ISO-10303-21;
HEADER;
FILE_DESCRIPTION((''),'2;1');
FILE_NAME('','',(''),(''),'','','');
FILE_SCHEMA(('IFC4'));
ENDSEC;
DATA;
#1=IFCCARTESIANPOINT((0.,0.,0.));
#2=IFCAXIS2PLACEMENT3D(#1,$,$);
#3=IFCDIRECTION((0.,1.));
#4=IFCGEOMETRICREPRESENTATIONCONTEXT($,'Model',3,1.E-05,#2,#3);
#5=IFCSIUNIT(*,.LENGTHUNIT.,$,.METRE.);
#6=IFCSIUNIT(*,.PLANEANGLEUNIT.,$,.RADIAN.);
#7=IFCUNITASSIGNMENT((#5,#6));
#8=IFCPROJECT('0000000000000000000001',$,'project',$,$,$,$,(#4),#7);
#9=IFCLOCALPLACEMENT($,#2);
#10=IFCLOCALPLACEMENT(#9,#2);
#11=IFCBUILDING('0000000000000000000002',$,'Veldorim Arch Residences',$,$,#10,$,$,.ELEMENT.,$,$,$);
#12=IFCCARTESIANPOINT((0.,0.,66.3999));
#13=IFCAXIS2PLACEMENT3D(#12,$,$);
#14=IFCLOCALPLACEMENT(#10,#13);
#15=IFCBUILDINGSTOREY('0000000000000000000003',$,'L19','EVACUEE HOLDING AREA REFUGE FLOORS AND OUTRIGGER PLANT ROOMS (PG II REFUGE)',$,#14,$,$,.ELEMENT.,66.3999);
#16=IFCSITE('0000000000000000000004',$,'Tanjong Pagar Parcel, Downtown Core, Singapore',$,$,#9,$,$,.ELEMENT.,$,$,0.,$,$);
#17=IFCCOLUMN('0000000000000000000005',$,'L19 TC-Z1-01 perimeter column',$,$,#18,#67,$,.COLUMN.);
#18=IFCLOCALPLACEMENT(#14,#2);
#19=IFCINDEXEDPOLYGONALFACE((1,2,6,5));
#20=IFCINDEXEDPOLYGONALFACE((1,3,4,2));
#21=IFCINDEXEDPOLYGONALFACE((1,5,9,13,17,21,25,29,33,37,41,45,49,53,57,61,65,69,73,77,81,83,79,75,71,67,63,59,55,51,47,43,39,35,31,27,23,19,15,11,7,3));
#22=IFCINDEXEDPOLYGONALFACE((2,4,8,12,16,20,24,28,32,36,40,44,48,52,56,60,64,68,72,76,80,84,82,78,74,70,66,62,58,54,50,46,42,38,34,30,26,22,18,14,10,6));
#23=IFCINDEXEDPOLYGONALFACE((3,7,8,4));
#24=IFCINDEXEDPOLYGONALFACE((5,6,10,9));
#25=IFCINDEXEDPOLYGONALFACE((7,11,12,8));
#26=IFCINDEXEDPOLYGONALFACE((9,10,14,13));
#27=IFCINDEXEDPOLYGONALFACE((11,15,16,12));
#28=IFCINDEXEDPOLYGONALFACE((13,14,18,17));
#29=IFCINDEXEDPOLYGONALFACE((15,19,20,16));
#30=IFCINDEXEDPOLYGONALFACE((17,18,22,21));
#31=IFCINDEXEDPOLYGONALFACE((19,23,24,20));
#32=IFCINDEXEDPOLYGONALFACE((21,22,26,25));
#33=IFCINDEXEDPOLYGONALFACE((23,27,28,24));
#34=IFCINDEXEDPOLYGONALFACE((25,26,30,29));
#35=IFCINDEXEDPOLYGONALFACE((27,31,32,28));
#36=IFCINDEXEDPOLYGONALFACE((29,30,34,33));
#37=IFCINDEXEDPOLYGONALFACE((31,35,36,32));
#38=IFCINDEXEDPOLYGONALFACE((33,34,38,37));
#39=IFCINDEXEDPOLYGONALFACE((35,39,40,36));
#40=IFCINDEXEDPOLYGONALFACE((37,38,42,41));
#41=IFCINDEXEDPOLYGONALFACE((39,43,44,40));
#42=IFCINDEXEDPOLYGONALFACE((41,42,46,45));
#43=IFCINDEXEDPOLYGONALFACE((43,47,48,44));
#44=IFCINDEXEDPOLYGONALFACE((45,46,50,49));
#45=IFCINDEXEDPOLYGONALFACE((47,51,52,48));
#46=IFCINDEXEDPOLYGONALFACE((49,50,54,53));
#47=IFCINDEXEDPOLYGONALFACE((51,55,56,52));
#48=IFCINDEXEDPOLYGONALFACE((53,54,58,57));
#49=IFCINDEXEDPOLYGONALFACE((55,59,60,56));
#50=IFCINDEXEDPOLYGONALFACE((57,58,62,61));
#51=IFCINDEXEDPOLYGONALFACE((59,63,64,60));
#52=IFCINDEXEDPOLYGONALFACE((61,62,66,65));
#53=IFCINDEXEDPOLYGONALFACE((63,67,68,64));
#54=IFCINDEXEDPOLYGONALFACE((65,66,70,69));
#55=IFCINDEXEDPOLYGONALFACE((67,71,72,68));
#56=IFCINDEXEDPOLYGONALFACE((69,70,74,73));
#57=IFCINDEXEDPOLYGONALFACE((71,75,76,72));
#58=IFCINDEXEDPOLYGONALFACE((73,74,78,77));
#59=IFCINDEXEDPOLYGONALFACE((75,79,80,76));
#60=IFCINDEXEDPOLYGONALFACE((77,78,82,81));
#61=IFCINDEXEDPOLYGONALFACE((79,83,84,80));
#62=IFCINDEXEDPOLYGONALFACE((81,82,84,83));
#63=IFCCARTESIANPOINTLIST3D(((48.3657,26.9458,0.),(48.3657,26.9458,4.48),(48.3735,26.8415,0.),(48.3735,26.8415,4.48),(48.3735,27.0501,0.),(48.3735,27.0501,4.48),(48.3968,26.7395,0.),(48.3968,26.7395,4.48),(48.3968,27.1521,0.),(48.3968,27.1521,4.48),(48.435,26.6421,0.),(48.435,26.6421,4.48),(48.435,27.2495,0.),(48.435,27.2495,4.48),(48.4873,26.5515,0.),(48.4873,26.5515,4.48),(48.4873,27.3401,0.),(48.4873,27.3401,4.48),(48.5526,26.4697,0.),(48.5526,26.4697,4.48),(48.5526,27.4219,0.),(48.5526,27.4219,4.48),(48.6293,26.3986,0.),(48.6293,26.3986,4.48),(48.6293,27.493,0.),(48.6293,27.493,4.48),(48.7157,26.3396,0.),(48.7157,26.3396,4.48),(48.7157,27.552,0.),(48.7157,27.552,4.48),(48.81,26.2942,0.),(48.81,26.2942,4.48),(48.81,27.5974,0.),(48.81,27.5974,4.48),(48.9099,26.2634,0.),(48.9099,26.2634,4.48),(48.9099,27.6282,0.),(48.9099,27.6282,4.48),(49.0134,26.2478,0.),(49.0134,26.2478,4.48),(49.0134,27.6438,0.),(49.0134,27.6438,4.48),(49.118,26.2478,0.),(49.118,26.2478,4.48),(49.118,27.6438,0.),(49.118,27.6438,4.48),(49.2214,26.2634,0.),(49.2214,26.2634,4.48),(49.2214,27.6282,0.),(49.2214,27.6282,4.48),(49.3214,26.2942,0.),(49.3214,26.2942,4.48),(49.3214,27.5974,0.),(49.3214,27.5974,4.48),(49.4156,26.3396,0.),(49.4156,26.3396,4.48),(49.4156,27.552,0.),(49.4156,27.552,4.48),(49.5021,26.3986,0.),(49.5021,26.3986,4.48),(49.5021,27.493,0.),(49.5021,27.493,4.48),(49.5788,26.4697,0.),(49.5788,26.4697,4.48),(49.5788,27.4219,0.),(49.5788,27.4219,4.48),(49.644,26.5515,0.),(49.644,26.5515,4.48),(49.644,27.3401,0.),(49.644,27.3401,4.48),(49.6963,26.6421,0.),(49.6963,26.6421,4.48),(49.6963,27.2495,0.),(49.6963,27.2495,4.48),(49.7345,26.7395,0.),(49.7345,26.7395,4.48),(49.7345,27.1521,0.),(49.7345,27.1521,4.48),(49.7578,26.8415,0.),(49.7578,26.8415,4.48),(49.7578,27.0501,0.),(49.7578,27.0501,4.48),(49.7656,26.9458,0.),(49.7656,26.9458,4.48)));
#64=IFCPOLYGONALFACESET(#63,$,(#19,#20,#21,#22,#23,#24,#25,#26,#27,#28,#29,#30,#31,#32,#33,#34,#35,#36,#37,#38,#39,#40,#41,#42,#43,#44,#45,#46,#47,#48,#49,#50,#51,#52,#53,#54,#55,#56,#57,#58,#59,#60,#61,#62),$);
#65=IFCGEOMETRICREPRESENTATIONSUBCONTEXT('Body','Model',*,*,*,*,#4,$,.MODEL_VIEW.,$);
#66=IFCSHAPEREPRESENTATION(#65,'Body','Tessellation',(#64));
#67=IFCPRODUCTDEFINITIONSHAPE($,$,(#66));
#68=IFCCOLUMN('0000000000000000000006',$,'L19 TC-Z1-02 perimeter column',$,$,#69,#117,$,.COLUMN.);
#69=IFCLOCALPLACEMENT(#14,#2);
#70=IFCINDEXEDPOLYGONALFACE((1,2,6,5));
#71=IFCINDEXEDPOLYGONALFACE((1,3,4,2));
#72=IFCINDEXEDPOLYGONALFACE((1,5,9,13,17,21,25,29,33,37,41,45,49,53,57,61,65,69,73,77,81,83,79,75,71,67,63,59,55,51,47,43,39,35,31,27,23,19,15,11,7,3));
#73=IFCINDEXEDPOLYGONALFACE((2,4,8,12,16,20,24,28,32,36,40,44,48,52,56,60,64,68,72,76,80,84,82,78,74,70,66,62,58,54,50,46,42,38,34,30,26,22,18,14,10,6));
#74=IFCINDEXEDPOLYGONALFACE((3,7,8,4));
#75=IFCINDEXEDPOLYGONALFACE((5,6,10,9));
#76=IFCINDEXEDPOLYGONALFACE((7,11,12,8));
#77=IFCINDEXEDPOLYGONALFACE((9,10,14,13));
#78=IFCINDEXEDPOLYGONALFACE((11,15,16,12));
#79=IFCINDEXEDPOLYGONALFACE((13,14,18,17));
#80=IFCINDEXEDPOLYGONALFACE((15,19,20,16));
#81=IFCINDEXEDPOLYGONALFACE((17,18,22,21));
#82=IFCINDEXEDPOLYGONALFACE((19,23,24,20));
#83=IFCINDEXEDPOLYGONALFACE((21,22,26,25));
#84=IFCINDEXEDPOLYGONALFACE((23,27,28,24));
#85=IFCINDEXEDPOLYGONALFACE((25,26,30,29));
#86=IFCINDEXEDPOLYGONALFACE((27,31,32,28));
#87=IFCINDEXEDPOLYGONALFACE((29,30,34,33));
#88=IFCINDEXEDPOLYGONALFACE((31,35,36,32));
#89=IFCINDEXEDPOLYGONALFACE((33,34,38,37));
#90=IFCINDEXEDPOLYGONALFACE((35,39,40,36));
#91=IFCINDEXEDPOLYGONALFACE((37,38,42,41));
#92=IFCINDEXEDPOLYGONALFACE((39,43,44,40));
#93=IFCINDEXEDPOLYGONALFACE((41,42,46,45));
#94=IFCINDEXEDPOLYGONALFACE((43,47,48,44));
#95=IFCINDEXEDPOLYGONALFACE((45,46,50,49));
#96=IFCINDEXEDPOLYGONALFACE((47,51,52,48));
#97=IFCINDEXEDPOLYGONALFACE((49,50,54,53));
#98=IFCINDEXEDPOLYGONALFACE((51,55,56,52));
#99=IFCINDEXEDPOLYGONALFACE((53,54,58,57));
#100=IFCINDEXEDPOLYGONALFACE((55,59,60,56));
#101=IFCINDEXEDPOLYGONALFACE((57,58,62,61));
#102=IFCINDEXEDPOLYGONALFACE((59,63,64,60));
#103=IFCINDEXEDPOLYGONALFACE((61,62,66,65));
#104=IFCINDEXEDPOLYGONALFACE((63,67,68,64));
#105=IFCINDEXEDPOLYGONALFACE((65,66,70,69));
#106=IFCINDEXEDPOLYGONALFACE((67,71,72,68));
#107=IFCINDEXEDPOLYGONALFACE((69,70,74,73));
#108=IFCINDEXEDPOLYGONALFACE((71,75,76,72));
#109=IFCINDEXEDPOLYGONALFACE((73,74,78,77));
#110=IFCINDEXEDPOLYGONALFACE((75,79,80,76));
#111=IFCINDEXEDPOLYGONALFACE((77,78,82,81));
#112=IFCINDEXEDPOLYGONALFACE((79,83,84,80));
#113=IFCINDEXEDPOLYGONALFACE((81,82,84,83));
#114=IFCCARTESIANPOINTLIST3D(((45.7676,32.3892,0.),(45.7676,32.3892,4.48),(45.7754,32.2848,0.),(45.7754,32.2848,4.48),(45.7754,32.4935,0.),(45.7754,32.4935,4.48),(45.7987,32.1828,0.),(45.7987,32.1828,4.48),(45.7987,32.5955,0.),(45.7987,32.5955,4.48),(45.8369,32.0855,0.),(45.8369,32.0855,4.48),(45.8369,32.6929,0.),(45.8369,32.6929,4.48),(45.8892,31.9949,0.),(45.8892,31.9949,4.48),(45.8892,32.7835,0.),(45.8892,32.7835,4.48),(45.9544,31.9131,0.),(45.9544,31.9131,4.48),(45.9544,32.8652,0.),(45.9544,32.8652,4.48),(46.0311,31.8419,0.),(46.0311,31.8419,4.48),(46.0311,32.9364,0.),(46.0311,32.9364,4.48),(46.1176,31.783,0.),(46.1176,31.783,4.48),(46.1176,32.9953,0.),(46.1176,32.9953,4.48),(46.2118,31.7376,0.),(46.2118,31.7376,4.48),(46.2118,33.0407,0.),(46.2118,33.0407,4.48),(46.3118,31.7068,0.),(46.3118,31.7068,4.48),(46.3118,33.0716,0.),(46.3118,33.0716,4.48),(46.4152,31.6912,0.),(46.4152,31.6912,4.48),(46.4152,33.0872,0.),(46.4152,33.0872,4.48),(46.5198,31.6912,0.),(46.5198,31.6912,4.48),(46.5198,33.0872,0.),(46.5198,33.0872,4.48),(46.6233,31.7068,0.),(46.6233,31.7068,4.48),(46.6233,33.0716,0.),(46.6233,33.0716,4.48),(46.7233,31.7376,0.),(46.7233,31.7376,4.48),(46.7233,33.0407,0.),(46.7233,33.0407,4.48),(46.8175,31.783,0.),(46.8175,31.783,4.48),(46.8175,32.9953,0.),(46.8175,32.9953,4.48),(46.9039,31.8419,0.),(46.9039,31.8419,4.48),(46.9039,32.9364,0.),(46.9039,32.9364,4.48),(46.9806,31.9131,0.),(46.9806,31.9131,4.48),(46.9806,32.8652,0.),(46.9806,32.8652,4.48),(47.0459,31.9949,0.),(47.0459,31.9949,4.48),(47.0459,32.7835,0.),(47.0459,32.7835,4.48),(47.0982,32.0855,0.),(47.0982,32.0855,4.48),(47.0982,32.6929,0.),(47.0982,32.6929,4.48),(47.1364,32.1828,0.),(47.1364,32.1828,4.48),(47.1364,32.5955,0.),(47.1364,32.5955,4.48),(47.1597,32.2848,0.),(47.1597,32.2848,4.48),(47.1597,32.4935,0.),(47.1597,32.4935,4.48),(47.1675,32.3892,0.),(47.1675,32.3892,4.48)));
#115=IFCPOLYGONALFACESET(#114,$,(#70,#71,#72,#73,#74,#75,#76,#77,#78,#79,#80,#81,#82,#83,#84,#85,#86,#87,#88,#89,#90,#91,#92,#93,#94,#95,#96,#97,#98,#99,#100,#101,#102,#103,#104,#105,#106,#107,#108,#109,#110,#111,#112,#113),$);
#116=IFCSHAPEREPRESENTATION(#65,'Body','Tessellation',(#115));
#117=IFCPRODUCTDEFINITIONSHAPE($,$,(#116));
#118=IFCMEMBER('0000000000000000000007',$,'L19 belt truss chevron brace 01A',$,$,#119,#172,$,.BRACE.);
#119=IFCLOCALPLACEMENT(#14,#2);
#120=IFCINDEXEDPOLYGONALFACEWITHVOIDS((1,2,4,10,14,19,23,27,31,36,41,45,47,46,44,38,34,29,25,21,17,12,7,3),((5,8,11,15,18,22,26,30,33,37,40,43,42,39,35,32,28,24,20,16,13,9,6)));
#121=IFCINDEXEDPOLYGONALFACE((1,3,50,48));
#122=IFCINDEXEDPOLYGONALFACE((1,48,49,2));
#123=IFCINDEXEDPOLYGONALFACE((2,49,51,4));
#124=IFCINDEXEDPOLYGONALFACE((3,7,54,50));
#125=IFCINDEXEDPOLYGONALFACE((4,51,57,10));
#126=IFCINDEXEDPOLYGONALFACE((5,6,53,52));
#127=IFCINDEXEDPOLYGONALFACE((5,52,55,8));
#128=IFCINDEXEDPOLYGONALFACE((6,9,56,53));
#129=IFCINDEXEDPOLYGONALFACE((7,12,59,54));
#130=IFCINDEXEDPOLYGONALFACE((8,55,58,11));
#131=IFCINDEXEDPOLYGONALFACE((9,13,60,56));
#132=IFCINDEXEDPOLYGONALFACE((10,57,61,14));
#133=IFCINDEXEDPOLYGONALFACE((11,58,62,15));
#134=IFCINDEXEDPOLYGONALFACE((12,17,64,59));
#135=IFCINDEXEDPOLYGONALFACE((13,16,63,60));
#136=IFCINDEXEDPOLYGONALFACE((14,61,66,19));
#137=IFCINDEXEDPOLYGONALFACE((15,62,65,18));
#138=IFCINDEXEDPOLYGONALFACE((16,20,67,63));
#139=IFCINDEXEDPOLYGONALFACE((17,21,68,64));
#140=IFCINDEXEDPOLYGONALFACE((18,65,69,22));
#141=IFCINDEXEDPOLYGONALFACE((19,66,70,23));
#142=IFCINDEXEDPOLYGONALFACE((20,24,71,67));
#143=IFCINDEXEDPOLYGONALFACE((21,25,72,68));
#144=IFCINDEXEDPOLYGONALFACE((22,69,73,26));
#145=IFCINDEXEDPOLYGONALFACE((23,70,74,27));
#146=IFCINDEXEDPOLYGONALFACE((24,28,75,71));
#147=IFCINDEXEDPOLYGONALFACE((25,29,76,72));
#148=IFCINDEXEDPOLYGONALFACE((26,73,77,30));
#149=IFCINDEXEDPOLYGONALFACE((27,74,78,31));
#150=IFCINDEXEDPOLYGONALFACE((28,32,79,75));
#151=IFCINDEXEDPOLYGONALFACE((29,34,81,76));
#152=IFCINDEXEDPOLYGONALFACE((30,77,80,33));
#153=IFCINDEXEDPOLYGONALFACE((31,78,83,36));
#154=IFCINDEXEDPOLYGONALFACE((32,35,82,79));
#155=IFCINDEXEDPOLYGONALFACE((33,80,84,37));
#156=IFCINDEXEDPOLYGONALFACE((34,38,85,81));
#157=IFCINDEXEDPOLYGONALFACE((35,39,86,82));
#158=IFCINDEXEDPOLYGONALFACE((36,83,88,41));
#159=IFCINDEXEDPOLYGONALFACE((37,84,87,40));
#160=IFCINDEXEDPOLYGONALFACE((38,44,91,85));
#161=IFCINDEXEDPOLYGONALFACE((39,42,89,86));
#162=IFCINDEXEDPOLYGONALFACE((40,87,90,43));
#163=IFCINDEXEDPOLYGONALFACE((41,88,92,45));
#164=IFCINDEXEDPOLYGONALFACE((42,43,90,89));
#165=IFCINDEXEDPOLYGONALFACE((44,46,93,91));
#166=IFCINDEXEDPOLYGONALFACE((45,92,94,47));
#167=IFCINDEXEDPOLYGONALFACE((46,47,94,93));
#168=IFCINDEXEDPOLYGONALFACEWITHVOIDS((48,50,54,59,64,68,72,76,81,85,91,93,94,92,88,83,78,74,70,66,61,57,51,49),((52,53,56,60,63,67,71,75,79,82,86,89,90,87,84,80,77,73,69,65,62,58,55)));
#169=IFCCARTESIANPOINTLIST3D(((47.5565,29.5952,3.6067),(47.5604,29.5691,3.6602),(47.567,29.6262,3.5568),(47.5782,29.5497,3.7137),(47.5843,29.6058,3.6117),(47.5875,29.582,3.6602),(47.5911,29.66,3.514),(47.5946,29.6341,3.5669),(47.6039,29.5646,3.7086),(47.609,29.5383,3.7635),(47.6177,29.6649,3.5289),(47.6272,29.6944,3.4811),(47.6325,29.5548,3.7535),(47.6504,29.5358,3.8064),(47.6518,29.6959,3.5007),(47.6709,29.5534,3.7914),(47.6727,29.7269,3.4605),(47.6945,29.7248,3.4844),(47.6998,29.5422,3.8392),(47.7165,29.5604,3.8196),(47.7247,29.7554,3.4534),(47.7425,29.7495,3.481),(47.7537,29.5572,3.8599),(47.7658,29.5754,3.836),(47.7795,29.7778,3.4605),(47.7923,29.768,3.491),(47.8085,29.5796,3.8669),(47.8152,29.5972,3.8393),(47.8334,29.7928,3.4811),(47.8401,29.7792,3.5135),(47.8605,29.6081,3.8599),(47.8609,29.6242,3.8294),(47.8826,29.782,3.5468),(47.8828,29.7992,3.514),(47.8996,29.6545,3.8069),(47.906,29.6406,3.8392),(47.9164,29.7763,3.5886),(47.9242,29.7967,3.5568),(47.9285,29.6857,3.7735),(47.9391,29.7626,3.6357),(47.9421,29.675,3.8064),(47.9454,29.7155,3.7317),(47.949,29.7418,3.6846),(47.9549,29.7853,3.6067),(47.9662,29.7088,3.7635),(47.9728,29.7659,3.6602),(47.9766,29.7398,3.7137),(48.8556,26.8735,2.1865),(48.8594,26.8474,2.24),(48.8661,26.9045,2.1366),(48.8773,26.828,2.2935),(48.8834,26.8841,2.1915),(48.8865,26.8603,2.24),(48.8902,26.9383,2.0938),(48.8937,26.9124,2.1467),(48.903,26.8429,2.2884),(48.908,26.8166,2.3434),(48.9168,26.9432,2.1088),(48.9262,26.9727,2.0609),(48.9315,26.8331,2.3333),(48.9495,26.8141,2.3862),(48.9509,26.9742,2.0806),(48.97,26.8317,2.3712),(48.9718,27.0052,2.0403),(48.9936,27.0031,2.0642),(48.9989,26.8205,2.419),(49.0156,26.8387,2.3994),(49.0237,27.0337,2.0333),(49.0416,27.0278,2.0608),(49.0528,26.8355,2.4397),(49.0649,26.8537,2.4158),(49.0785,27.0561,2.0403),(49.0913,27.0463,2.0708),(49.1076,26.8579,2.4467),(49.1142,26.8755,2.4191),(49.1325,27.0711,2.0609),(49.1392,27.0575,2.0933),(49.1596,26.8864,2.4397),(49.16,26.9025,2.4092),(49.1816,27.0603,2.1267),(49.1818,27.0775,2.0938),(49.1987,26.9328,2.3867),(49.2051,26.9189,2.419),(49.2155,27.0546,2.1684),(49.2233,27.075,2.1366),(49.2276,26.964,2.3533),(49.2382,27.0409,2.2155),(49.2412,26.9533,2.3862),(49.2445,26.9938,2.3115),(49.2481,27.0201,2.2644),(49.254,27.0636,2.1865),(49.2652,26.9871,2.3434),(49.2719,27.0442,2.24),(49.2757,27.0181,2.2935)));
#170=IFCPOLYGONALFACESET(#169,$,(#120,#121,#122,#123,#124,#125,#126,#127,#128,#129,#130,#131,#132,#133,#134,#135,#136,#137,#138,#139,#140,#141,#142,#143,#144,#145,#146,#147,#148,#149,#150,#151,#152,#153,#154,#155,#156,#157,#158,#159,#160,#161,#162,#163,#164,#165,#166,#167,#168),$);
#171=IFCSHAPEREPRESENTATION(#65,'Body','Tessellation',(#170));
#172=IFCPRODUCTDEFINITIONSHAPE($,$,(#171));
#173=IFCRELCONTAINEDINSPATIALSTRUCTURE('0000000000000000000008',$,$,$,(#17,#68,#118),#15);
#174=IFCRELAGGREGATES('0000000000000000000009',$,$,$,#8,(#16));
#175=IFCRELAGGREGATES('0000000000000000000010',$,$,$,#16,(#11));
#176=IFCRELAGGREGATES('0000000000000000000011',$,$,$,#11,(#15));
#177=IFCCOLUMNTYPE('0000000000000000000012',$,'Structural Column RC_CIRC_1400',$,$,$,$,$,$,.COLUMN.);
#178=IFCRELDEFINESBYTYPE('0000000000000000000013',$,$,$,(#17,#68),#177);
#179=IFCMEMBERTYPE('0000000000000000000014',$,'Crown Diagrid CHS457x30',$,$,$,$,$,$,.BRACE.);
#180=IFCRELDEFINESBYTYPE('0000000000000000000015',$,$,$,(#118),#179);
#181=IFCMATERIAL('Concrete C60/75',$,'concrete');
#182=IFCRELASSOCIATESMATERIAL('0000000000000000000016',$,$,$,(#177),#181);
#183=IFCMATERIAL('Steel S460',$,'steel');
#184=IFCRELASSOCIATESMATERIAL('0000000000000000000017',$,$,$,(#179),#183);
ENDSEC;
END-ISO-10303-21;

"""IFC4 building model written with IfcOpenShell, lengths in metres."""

from ifc_helpers import new_model, si_unit, direction, frame, origin, origin_2d, place, context, subcontext, project, spatial, circle, hollow_circle, extrude, material, material_profile, profile_set, type_object, element, save


model = new_model("IFC4")

# Units and contexts
model_context = context("Model", 3, precision=1e-05, world=origin(), true_north=direction((0.0, 1.0)))
body_context = subcontext(model_context, "Body", "Model", "MODEL_VIEW")
ifc_project = project(units=[si_unit("LENGTHUNIT", "METRE"), si_unit("PLANEANGLEUNIT", "RADIAN")], contexts=[model_context])

# Site, building, storey
site_placement = place(None, origin())
site = spatial("IfcSite", under=ifc_project, at=site_placement, Name="Tanjong Pagar Parcel, Downtown Core, Singapore", CompositionType="ELEMENT", RefElevation=0.0)
building_placement = place(site_placement, origin())
building = spatial("IfcBuilding", under=site, at=building_placement, Name="Veldorim Arch Residences", CompositionType="ELEMENT")
storey_placement = place(building_placement, frame((0.0, 0.0, 66.3999)))
storey = spatial("IfcBuildingStorey", under=building, at=storey_placement, Name="L19", Description="EVACUEE HOLDING AREA REFUGE FLOORS AND OUTRIGGER PLANT ROOMS (PG II REFUGE)", CompositionType="ELEMENT", Elevation=66.3999)

# Columns
ifc_material_1 = material(Name="Concrete C60/75", Category="concrete")
ifc_material_profile_1 = material_profile(ifc_material_1, circle(Radius=0.7, at=origin_2d()), Name="RC_CIRC_1400")
ifc_profile_set_1 = profile_set([ifc_material_profile_1], Name="Concrete C60/75")
column_type = type_object("IfcColumnType", Name="Structural Column RC_CIRC_1400", PredefinedType="COLUMN", material=ifc_profile_set_1)
for number, where, z_axis, x_axis, name in (
    (1, (49.0657, 26.9458, 0.0), (0.0, 0.0, 1.0), (1.0, 0.0, 0.0), "L19 TC-Z1-01 perimeter column"),
    (2, (46.4675, 32.3892, 0.0), (0.0, 0.0, 1.0), (1.0, 0.0, 0.0), "L19 TC-Z1-02 perimeter column"),
):
    element("IfcColumn", number, at=place(storey_placement, frame(where, z_axis=z_axis, x_axis=x_axis)), inside=storey, type_object=column_type, Name=name, PredefinedType="COLUMN", context=body_context, shape_type="SweptSolid", body=[
        extrude(circle(Radius=0.7, at=origin_2d()), origin(), (0.0, 0.0, 1.0), 4.48),
    ])

# Member
ifc_material_2 = material(Name="Steel S460", Category="steel")
ifc_material_profile_2 = material_profile(ifc_material_2, hollow_circle(Radius=0.2285, WallThickness=0.03, at=origin_2d()), Name="CHS457x30")
ifc_profile_set_2 = profile_set([ifc_material_profile_2], Name="Steel S460")
member_type_1 = type_object("IfcMemberType", Name="Crown Diagrid CHS457x30", PredefinedType="BRACE", material=ifc_profile_set_2)
for number, where, z_axis, x_axis, name in (
    (3, (49.0657, 26.9458, 2.24), (-0.389706, 0.816471, 0.426033), (-0.90247, -0.430754, 0.0), "L19 belt truss chevron brace 01A"),
):
    element("IfcMember", number, at=place(storey_placement, frame(where, z_axis=z_axis, x_axis=x_axis)), inside=storey, type_object=member_type_1, Name=name, PredefinedType="BRACE", context=body_context, shape_type="SweptSolid", body=[
        extrude(hollow_circle(Radius=0.2285, WallThickness=0.03, at=origin_2d()), origin(), (0.0, 0.0, 1.0), 3.3335),
    ])

save(model, "model.ifc")
